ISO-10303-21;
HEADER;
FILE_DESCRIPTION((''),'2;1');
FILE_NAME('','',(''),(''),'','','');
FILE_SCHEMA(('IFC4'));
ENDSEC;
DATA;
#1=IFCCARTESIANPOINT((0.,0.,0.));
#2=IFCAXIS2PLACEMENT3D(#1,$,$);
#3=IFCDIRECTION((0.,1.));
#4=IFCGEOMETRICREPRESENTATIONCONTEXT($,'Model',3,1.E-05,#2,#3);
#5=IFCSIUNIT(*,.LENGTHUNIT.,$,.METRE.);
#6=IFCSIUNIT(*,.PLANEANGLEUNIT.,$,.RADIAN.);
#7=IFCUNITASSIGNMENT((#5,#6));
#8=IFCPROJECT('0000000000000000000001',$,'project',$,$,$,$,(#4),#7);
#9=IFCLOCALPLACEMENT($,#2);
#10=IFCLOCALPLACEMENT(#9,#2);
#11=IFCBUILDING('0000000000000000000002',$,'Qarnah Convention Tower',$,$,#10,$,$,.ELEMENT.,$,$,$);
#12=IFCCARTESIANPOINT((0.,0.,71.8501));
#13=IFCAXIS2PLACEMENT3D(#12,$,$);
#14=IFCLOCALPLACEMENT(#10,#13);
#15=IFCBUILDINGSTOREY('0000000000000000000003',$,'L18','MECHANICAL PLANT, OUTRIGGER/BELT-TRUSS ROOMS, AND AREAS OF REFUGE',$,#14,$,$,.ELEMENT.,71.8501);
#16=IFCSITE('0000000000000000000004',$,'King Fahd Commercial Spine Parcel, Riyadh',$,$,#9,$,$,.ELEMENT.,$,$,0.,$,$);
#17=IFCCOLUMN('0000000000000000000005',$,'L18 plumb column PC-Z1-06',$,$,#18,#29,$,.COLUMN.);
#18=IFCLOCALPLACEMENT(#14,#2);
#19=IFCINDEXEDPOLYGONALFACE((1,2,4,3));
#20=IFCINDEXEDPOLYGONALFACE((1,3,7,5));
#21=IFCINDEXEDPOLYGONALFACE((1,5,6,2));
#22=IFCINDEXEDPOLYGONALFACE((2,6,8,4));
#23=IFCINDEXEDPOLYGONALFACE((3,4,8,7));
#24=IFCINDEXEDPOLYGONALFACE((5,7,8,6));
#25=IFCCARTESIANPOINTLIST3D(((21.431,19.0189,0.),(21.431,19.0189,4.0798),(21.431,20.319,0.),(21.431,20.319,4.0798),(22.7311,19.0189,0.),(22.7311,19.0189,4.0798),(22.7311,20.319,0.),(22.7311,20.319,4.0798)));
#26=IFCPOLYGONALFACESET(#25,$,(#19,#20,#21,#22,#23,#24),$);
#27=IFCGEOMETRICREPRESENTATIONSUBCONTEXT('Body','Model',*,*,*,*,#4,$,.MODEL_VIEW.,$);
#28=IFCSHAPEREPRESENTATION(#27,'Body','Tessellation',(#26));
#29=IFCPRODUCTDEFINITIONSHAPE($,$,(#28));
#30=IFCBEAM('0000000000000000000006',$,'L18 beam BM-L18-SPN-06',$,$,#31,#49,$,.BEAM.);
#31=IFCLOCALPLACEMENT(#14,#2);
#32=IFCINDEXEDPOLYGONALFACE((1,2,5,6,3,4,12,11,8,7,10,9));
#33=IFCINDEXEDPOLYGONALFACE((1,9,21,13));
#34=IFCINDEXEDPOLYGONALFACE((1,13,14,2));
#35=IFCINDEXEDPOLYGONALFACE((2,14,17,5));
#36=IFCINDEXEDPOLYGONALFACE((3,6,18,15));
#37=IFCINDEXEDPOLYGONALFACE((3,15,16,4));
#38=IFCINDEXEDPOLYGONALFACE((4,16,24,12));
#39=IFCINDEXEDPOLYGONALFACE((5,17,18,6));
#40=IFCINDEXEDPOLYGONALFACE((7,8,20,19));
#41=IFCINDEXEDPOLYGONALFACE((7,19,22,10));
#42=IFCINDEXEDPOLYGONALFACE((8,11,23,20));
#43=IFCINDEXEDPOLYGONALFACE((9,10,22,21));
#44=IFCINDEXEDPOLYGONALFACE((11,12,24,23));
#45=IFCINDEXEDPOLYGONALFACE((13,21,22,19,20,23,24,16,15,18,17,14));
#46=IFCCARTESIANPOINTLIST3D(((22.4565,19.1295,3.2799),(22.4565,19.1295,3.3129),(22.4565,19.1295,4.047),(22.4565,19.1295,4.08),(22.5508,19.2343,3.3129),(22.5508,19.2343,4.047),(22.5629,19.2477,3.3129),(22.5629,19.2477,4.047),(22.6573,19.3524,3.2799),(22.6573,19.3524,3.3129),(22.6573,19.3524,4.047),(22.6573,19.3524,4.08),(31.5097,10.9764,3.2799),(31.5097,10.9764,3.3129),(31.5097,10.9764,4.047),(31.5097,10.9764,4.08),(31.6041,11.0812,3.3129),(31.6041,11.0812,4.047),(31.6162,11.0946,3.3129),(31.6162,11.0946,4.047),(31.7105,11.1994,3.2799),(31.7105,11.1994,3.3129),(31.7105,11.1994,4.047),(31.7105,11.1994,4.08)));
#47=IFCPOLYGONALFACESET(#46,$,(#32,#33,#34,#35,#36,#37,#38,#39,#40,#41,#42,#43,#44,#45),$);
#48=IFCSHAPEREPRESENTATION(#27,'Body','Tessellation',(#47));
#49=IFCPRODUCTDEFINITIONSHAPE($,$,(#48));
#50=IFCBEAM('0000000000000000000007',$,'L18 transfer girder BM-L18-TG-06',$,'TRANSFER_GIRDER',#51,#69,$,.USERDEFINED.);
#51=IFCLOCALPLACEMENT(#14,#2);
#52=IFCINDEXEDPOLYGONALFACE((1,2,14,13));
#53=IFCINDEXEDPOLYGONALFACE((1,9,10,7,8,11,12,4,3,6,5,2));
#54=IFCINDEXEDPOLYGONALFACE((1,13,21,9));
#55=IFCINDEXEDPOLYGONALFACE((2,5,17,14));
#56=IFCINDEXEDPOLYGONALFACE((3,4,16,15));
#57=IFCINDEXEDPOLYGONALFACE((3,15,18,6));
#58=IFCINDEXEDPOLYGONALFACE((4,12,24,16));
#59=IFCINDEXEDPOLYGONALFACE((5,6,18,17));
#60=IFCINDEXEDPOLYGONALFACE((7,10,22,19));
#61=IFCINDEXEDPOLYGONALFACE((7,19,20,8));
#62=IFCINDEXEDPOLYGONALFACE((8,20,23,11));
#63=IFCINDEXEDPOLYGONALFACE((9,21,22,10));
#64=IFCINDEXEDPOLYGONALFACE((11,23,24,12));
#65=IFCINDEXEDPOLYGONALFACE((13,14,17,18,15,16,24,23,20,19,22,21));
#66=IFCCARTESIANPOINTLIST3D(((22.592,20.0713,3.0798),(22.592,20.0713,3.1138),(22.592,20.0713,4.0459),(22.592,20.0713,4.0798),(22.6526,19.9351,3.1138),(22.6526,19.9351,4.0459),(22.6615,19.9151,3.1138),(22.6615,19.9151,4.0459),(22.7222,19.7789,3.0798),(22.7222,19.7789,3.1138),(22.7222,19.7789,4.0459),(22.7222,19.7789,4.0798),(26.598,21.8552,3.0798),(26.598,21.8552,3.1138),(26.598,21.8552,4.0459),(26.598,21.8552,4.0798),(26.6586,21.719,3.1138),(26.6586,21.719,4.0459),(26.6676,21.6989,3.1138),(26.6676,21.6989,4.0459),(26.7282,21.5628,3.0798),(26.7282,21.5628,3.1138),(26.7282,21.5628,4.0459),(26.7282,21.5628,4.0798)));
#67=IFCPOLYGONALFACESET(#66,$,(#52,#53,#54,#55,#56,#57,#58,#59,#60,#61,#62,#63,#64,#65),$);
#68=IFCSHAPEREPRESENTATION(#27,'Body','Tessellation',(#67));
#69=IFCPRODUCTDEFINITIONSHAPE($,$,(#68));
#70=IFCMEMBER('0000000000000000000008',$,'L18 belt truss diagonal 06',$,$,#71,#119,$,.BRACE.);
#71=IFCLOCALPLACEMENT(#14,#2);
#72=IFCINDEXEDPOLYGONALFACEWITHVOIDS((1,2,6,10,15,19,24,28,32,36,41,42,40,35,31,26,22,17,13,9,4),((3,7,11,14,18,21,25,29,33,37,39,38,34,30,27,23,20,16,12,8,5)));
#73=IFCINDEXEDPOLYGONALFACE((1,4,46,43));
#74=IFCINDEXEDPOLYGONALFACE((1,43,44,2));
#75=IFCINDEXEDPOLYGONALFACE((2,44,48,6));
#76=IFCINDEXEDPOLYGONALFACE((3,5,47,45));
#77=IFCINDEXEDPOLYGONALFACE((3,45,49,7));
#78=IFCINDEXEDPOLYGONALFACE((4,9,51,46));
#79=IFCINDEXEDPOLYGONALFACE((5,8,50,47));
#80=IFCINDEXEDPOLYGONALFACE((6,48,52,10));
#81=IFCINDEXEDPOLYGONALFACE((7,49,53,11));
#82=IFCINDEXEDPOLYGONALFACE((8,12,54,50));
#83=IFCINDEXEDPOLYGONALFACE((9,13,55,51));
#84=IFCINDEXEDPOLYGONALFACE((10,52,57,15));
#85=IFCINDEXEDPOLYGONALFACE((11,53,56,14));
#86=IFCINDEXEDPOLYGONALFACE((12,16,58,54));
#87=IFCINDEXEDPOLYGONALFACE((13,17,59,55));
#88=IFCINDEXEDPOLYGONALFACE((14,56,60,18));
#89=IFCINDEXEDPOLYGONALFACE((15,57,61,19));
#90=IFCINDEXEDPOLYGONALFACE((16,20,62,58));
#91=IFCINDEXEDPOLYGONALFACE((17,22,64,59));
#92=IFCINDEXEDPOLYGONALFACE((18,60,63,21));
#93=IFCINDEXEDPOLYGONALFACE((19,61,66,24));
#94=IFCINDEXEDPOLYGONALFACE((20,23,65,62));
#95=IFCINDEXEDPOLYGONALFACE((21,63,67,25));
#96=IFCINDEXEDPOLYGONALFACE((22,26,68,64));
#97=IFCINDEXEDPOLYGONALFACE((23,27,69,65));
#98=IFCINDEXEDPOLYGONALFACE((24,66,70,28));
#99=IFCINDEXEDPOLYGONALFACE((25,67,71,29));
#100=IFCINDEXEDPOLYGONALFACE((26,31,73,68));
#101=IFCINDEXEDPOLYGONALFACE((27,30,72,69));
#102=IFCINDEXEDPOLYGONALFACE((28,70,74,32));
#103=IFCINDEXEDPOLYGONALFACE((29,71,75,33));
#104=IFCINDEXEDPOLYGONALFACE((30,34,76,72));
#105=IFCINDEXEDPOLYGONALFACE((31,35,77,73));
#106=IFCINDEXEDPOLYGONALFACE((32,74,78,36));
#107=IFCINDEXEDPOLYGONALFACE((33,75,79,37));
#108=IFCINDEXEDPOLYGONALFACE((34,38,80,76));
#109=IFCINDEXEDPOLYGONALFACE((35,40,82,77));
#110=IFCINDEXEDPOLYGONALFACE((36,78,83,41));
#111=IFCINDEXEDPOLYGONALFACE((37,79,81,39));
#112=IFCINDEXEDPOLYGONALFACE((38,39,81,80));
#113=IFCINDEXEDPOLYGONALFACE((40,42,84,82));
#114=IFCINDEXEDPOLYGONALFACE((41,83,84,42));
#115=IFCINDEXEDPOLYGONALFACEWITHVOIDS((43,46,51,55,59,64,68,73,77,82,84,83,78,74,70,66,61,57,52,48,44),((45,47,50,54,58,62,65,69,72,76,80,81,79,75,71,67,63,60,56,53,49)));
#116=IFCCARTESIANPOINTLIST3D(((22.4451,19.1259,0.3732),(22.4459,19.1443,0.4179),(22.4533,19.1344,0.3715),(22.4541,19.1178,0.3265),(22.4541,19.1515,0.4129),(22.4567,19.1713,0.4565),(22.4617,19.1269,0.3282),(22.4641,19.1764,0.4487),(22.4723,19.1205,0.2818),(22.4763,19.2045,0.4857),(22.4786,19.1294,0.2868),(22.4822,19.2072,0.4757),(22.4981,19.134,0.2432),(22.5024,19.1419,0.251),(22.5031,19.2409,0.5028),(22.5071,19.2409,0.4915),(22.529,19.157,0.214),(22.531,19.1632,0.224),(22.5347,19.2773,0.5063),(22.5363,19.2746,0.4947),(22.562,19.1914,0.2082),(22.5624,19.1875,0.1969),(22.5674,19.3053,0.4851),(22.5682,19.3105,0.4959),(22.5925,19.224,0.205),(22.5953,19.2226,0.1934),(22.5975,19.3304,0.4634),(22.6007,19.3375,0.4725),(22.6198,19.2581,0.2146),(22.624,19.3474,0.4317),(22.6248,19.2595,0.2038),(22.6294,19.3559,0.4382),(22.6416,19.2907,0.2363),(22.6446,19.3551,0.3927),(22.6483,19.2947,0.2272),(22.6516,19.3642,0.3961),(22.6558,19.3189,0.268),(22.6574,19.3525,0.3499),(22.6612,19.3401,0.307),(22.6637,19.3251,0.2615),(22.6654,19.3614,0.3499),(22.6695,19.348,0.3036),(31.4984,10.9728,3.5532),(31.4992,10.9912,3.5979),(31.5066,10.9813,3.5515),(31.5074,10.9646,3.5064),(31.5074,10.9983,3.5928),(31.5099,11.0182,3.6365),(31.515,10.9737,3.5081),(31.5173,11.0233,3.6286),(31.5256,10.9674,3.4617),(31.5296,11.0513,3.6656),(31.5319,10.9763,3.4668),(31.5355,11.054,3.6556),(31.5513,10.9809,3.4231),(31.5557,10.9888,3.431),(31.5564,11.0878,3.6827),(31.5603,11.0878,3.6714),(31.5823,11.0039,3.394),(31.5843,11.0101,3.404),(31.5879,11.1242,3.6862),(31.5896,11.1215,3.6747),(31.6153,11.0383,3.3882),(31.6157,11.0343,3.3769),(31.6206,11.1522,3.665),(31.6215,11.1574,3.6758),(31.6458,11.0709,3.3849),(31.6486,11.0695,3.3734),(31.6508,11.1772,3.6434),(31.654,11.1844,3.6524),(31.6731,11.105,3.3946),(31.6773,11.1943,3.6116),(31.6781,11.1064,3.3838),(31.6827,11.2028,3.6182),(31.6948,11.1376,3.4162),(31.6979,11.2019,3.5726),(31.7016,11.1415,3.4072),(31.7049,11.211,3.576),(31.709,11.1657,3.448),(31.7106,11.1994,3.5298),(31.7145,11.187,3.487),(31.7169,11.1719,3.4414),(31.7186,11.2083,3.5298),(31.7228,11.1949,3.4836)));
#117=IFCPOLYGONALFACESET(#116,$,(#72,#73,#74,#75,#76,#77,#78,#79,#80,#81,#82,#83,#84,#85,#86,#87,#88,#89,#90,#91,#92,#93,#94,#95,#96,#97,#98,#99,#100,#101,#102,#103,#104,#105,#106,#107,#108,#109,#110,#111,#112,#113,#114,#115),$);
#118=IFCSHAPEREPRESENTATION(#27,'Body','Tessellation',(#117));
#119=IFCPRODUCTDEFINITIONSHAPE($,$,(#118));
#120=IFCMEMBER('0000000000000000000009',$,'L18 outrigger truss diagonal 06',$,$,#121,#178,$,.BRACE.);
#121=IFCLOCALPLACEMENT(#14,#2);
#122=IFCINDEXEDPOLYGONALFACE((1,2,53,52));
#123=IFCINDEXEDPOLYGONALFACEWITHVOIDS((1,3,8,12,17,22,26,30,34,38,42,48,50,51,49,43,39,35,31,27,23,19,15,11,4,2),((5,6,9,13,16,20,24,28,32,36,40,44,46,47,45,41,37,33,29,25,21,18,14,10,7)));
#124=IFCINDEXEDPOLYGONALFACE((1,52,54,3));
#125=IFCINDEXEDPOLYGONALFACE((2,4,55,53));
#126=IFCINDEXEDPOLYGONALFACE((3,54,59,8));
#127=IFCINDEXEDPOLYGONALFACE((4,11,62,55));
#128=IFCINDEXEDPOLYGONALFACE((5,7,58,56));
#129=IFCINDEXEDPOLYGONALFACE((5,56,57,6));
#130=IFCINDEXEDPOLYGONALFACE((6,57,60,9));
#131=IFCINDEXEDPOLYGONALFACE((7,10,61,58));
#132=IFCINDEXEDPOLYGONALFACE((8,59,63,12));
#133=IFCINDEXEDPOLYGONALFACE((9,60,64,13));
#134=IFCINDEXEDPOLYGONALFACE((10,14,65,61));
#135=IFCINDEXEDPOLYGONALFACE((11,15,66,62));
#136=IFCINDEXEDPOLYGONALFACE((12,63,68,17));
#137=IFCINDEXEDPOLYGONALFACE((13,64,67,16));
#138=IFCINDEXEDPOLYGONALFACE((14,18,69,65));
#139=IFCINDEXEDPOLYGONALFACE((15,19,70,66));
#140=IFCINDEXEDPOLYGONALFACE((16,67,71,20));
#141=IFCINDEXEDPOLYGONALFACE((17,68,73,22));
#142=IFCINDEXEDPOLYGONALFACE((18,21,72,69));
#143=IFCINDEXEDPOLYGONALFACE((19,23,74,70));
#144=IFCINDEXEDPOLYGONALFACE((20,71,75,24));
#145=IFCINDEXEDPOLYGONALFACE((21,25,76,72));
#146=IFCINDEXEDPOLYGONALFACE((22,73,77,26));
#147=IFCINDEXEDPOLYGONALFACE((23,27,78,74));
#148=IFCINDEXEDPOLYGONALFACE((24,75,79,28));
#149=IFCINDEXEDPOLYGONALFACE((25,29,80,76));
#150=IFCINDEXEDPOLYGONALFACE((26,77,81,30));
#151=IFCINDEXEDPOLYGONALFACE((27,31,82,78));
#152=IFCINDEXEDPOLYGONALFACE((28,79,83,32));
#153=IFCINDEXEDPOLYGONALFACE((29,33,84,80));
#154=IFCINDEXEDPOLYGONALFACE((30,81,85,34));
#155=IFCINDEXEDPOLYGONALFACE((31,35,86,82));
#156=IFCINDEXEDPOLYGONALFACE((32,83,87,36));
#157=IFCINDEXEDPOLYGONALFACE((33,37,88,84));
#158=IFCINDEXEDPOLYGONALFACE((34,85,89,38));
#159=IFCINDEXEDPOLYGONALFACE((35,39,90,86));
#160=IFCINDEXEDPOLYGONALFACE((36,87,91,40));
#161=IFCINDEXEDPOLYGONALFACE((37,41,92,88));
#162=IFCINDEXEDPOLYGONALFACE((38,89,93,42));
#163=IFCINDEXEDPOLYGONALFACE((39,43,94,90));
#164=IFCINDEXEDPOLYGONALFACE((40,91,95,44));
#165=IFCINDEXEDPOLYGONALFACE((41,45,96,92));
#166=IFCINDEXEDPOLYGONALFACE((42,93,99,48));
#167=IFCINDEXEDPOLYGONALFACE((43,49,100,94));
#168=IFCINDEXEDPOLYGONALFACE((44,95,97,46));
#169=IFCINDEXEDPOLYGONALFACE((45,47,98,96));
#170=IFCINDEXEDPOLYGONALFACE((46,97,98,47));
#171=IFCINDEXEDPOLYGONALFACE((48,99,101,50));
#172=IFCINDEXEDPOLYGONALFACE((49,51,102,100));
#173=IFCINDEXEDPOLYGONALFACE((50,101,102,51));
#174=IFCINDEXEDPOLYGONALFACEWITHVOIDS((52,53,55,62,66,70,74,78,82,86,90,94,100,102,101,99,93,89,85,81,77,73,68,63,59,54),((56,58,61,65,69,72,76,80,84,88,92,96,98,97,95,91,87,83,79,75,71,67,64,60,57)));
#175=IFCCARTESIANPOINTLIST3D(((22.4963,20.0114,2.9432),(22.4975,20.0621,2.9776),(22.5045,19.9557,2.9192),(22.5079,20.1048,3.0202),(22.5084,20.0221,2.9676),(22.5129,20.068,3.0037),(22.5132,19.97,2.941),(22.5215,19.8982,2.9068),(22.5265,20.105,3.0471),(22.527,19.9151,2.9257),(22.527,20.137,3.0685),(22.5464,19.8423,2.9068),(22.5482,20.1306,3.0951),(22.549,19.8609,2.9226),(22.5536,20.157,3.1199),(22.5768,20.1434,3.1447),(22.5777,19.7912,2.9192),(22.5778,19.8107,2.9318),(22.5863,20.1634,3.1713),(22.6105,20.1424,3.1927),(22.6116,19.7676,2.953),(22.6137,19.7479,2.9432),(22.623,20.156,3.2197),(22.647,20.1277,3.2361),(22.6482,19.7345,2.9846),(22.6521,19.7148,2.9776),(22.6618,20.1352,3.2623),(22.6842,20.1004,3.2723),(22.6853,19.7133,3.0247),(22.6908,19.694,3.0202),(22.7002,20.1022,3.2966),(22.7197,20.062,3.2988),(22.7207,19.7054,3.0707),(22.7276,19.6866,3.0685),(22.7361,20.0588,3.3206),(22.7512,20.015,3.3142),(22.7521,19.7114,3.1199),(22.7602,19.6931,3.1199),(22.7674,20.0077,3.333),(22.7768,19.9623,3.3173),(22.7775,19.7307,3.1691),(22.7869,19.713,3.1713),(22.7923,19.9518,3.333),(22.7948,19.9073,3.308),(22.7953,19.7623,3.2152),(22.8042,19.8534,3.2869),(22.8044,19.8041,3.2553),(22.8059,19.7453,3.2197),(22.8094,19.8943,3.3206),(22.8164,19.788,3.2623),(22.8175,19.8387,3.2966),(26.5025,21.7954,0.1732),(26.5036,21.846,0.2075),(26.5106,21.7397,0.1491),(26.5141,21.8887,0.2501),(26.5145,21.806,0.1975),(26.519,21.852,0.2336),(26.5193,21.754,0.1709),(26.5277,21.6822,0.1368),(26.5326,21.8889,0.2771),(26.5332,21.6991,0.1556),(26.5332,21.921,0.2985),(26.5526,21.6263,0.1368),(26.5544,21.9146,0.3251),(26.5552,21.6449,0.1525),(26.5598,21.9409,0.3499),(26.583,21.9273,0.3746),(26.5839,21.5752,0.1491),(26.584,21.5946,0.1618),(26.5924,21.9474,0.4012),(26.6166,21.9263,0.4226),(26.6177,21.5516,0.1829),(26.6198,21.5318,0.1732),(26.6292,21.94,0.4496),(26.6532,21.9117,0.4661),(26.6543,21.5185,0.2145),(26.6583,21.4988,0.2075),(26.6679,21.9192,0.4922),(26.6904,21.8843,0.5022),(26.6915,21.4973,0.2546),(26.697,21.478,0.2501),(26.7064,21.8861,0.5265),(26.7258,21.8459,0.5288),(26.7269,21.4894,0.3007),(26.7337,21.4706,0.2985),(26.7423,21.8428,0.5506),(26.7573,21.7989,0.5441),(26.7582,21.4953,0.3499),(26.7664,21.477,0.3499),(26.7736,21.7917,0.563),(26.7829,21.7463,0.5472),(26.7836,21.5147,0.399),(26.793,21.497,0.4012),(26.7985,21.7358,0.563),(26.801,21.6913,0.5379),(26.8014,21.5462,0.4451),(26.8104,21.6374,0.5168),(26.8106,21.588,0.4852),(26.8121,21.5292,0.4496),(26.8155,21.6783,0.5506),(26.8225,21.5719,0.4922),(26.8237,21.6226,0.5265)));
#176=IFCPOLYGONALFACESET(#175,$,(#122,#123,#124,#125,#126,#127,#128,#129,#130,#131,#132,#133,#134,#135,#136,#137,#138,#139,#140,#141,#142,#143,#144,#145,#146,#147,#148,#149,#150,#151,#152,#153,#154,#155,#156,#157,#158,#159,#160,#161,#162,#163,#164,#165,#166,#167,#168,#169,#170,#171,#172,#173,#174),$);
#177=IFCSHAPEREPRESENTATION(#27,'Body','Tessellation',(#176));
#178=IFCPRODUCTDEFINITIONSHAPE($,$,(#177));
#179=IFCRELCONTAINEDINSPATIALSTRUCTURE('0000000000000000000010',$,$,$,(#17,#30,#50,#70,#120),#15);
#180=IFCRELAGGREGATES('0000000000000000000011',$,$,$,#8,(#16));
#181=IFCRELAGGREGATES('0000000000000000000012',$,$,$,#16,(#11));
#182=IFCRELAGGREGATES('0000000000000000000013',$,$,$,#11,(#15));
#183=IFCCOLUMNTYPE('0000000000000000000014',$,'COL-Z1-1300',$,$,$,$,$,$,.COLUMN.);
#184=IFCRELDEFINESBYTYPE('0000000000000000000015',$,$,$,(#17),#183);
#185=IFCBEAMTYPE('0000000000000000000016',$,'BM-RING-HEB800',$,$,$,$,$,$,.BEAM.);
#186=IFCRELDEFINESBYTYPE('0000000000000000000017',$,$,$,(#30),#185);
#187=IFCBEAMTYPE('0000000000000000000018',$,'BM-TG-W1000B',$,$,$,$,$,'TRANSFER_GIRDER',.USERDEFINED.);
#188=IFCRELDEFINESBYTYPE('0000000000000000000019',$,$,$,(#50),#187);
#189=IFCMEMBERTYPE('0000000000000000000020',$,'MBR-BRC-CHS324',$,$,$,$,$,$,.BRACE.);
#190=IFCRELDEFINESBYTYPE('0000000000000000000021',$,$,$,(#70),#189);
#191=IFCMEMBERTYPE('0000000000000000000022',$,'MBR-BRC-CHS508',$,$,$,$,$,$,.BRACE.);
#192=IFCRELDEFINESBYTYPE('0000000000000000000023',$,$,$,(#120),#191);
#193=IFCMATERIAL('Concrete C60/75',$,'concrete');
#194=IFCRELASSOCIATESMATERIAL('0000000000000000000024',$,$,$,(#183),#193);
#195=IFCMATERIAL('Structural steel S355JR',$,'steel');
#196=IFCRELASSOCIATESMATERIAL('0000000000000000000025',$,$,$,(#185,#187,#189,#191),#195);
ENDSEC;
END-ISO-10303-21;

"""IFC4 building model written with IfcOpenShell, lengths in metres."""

from ifc_helpers import new_model, si_unit, direction, frame, origin, origin_2d, place, context, subcontext, project, spatial, rectangle, hollow_circle, i_section, extrude, material, material_profile, profile_set, type_object, element, save


model = new_model("IFC4")

# Units and contexts
model_context = context("Model", 3, precision=1e-05, world=origin(), true_north=direction((0.0, 1.0)))
body_context = subcontext(model_context, "Body", "Model", "MODEL_VIEW")
ifc_project = project(units=[si_unit("LENGTHUNIT", "METRE"), si_unit("PLANEANGLEUNIT", "RADIAN")], contexts=[model_context])

# Site, building, storey
site_placement = place(None, origin())
site = spatial("IfcSite", under=ifc_project, at=site_placement, Name="King Fahd Commercial Spine Parcel, Riyadh", CompositionType="ELEMENT", RefElevation=0.0)
building_placement = place(site_placement, origin())
building = spatial("IfcBuilding", under=site, at=building_placement, Name="Qarnah Convention Tower", CompositionType="ELEMENT")
storey_placement = place(building_placement, frame((0.0, 0.0, 71.8501)))
storey = spatial("IfcBuildingStorey", under=building, at=storey_placement, Name="L18", Description="MECHANICAL PLANT, OUTRIGGER/BELT-TRUSS ROOMS, AND AREAS OF REFUGE", CompositionType="ELEMENT", Elevation=71.8501)

# Column
ifc_material_1 = material(Name="Concrete C60/75", Category="concrete")
ifc_material_profile_1 = material_profile(ifc_material_1, rectangle(XDim=1.3, YDim=1.3, at=origin_2d()), Name="RC-COL-1300X1300")
ifc_profile_set_1 = profile_set([ifc_material_profile_1], Name="Concrete C60/75")
column_type = type_object("IfcColumnType", Name="COL-Z1-1300", PredefinedType="COLUMN", material=ifc_profile_set_1)
column_placement = place(storey_placement, frame((22.0811, 19.6689, 0.0), z_axis=(0.0, 0.0, 1.0), x_axis=(1.0, 0.0, 0.0)))
element("IfcColumn", 1, at=column_placement, inside=storey, type_object=column_type, Name="L18 plumb column PC-Z1-06", PredefinedType="COLUMN", context=body_context, shape_type="SweptSolid", body=[
    extrude(rectangle(XDim=1.3, YDim=1.3, at=origin_2d()), origin(), (0.0, 0.0, 1.0), 4.0798),
])

# Beams
ifc_material_2 = material(Name="Structural steel S355JR", Category="steel")
ifc_material_profile_2 = material_profile(ifc_material_2, i_section(OverallWidth=0.3, OverallDepth=0.8, WebThickness=0.0181, FlangeThickness=0.033, at=origin_2d()), Name="HEB800")
ifc_profile_set_2 = profile_set([ifc_material_profile_2], Name="Structural steel S355JR")
beam_type_1 = type_object("IfcBeamType", Name="BM-RING-HEB800", PredefinedType="BEAM", material=ifc_profile_set_2)
beam_1_placement = place(storey_placement, frame((22.5569, 19.241, 3.6799), z_axis=(0.743083, -0.669199, 0.0), x_axis=(0.669199, 0.743083, 0.0)))
element("IfcBeam", 2, at=beam_1_placement, inside=storey, type_object=beam_type_1, Name="L18 beam BM-L18-SPN-06", PredefinedType="BEAM", context=body_context, shape_type="SweptSolid", body=[
    extrude(i_section(OverallWidth=0.3, OverallDepth=0.8, WebThickness=0.0181, FlangeThickness=0.033, at=origin_2d()), origin(), (0.0, 0.0, 1.0), 12.1833),
])
ifc_material_profile_3 = material_profile(ifc_material_2, i_section(OverallWidth=0.3201, OverallDepth=1.0, WebThickness=0.022, FlangeThickness=0.0339, at=origin_2d()), Name="W1000X371")
ifc_profile_set_3 = profile_set([ifc_material_profile_3], Name="Structural steel S355JR")
beam_type_2 = type_object("IfcBeamType", Name="BM-TG-W1000B", ElementType="TRANSFER_GIRDER", PredefinedType="USERDEFINED", material=ifc_profile_set_3)
beam_2_placement = place(storey_placement, frame((26.6631, 21.709, 3.5798), z_axis=(-0.91352, -0.406794, 0.0), x_axis=(0.406794, -0.91352, 0.0)))
element("IfcBeam", 3, at=beam_2_placement, inside=storey, type_object=beam_type_2, Name="L18 transfer girder BM-L18-TG-06", ObjectType="TRANSFER_GIRDER", PredefinedType="USERDEFINED", context=body_context, shape_type="SweptSolid", body=[
    extrude(i_section(OverallWidth=0.3201, OverallDepth=1.0, WebThickness=0.022, FlangeThickness=0.0339, at=origin_2d()), origin(), (0.0, 0.0, 1.0), 4.3853),
])

# Members
ifc_material_profile_4 = material_profile(ifc_material_2, hollow_circle(Radius=0.1621, WallThickness=0.012, at=origin_2d()), Name="CHS324X12")
ifc_profile_set_4 = profile_set([ifc_material_profile_4], Name="Structural steel S355JR")
member_type_1 = type_object("IfcMemberType", Name="MBR-BRC-CHS324", PredefinedType="BRACE", material=ifc_profile_set_4)
member_1_placement = place(storey_placement, frame((22.5569, 19.241, 0.3499), z_axis=(0.718996, -0.647507, 0.252546), x_axis=(0.669199, 0.743083, 0.0)))
element("IfcMember", 4, at=member_1_placement, inside=storey, type_object=member_type_1, Name="L18 belt truss diagonal 06", PredefinedType="BRACE", context=body_context, shape_type="SweptSolid", body=[
    extrude(hollow_circle(Radius=0.1621, WallThickness=0.012, at=origin_2d()), origin(), (0.0, 0.0, 1.0), 12.5916),
])
ifc_material_profile_5 = material_profile(ifc_material_2, hollow_circle(Radius=0.2539, WallThickness=0.02, at=origin_2d()), Name="CHS508X20")
ifc_profile_set_5 = profile_set([ifc_material_profile_5], Name="Structural steel S355JR")
member_type_2 = type_object("IfcMemberType", Name="MBR-BRC-CHS508", PredefinedType="BRACE", material=ifc_profile_set_5)
member_2_placement = place(storey_placement, frame((26.6631, 21.709, 0.3499), z_axis=(-0.772345, -0.343929, 0.534038), x_axis=(0.406794, -0.91352, 0.0)))
element("IfcMember", 5, at=member_2_placement, inside=storey, type_object=member_type_2, Name="L18 outrigger truss diagonal 06", PredefinedType="BRACE", context=body_context, shape_type="SweptSolid", body=[
    extrude(hollow_circle(Radius=0.2539, WallThickness=0.02, at=origin_2d()), origin(), (0.0, 0.0, 1.0), 5.187),
])

save(model, "model.ifc")
